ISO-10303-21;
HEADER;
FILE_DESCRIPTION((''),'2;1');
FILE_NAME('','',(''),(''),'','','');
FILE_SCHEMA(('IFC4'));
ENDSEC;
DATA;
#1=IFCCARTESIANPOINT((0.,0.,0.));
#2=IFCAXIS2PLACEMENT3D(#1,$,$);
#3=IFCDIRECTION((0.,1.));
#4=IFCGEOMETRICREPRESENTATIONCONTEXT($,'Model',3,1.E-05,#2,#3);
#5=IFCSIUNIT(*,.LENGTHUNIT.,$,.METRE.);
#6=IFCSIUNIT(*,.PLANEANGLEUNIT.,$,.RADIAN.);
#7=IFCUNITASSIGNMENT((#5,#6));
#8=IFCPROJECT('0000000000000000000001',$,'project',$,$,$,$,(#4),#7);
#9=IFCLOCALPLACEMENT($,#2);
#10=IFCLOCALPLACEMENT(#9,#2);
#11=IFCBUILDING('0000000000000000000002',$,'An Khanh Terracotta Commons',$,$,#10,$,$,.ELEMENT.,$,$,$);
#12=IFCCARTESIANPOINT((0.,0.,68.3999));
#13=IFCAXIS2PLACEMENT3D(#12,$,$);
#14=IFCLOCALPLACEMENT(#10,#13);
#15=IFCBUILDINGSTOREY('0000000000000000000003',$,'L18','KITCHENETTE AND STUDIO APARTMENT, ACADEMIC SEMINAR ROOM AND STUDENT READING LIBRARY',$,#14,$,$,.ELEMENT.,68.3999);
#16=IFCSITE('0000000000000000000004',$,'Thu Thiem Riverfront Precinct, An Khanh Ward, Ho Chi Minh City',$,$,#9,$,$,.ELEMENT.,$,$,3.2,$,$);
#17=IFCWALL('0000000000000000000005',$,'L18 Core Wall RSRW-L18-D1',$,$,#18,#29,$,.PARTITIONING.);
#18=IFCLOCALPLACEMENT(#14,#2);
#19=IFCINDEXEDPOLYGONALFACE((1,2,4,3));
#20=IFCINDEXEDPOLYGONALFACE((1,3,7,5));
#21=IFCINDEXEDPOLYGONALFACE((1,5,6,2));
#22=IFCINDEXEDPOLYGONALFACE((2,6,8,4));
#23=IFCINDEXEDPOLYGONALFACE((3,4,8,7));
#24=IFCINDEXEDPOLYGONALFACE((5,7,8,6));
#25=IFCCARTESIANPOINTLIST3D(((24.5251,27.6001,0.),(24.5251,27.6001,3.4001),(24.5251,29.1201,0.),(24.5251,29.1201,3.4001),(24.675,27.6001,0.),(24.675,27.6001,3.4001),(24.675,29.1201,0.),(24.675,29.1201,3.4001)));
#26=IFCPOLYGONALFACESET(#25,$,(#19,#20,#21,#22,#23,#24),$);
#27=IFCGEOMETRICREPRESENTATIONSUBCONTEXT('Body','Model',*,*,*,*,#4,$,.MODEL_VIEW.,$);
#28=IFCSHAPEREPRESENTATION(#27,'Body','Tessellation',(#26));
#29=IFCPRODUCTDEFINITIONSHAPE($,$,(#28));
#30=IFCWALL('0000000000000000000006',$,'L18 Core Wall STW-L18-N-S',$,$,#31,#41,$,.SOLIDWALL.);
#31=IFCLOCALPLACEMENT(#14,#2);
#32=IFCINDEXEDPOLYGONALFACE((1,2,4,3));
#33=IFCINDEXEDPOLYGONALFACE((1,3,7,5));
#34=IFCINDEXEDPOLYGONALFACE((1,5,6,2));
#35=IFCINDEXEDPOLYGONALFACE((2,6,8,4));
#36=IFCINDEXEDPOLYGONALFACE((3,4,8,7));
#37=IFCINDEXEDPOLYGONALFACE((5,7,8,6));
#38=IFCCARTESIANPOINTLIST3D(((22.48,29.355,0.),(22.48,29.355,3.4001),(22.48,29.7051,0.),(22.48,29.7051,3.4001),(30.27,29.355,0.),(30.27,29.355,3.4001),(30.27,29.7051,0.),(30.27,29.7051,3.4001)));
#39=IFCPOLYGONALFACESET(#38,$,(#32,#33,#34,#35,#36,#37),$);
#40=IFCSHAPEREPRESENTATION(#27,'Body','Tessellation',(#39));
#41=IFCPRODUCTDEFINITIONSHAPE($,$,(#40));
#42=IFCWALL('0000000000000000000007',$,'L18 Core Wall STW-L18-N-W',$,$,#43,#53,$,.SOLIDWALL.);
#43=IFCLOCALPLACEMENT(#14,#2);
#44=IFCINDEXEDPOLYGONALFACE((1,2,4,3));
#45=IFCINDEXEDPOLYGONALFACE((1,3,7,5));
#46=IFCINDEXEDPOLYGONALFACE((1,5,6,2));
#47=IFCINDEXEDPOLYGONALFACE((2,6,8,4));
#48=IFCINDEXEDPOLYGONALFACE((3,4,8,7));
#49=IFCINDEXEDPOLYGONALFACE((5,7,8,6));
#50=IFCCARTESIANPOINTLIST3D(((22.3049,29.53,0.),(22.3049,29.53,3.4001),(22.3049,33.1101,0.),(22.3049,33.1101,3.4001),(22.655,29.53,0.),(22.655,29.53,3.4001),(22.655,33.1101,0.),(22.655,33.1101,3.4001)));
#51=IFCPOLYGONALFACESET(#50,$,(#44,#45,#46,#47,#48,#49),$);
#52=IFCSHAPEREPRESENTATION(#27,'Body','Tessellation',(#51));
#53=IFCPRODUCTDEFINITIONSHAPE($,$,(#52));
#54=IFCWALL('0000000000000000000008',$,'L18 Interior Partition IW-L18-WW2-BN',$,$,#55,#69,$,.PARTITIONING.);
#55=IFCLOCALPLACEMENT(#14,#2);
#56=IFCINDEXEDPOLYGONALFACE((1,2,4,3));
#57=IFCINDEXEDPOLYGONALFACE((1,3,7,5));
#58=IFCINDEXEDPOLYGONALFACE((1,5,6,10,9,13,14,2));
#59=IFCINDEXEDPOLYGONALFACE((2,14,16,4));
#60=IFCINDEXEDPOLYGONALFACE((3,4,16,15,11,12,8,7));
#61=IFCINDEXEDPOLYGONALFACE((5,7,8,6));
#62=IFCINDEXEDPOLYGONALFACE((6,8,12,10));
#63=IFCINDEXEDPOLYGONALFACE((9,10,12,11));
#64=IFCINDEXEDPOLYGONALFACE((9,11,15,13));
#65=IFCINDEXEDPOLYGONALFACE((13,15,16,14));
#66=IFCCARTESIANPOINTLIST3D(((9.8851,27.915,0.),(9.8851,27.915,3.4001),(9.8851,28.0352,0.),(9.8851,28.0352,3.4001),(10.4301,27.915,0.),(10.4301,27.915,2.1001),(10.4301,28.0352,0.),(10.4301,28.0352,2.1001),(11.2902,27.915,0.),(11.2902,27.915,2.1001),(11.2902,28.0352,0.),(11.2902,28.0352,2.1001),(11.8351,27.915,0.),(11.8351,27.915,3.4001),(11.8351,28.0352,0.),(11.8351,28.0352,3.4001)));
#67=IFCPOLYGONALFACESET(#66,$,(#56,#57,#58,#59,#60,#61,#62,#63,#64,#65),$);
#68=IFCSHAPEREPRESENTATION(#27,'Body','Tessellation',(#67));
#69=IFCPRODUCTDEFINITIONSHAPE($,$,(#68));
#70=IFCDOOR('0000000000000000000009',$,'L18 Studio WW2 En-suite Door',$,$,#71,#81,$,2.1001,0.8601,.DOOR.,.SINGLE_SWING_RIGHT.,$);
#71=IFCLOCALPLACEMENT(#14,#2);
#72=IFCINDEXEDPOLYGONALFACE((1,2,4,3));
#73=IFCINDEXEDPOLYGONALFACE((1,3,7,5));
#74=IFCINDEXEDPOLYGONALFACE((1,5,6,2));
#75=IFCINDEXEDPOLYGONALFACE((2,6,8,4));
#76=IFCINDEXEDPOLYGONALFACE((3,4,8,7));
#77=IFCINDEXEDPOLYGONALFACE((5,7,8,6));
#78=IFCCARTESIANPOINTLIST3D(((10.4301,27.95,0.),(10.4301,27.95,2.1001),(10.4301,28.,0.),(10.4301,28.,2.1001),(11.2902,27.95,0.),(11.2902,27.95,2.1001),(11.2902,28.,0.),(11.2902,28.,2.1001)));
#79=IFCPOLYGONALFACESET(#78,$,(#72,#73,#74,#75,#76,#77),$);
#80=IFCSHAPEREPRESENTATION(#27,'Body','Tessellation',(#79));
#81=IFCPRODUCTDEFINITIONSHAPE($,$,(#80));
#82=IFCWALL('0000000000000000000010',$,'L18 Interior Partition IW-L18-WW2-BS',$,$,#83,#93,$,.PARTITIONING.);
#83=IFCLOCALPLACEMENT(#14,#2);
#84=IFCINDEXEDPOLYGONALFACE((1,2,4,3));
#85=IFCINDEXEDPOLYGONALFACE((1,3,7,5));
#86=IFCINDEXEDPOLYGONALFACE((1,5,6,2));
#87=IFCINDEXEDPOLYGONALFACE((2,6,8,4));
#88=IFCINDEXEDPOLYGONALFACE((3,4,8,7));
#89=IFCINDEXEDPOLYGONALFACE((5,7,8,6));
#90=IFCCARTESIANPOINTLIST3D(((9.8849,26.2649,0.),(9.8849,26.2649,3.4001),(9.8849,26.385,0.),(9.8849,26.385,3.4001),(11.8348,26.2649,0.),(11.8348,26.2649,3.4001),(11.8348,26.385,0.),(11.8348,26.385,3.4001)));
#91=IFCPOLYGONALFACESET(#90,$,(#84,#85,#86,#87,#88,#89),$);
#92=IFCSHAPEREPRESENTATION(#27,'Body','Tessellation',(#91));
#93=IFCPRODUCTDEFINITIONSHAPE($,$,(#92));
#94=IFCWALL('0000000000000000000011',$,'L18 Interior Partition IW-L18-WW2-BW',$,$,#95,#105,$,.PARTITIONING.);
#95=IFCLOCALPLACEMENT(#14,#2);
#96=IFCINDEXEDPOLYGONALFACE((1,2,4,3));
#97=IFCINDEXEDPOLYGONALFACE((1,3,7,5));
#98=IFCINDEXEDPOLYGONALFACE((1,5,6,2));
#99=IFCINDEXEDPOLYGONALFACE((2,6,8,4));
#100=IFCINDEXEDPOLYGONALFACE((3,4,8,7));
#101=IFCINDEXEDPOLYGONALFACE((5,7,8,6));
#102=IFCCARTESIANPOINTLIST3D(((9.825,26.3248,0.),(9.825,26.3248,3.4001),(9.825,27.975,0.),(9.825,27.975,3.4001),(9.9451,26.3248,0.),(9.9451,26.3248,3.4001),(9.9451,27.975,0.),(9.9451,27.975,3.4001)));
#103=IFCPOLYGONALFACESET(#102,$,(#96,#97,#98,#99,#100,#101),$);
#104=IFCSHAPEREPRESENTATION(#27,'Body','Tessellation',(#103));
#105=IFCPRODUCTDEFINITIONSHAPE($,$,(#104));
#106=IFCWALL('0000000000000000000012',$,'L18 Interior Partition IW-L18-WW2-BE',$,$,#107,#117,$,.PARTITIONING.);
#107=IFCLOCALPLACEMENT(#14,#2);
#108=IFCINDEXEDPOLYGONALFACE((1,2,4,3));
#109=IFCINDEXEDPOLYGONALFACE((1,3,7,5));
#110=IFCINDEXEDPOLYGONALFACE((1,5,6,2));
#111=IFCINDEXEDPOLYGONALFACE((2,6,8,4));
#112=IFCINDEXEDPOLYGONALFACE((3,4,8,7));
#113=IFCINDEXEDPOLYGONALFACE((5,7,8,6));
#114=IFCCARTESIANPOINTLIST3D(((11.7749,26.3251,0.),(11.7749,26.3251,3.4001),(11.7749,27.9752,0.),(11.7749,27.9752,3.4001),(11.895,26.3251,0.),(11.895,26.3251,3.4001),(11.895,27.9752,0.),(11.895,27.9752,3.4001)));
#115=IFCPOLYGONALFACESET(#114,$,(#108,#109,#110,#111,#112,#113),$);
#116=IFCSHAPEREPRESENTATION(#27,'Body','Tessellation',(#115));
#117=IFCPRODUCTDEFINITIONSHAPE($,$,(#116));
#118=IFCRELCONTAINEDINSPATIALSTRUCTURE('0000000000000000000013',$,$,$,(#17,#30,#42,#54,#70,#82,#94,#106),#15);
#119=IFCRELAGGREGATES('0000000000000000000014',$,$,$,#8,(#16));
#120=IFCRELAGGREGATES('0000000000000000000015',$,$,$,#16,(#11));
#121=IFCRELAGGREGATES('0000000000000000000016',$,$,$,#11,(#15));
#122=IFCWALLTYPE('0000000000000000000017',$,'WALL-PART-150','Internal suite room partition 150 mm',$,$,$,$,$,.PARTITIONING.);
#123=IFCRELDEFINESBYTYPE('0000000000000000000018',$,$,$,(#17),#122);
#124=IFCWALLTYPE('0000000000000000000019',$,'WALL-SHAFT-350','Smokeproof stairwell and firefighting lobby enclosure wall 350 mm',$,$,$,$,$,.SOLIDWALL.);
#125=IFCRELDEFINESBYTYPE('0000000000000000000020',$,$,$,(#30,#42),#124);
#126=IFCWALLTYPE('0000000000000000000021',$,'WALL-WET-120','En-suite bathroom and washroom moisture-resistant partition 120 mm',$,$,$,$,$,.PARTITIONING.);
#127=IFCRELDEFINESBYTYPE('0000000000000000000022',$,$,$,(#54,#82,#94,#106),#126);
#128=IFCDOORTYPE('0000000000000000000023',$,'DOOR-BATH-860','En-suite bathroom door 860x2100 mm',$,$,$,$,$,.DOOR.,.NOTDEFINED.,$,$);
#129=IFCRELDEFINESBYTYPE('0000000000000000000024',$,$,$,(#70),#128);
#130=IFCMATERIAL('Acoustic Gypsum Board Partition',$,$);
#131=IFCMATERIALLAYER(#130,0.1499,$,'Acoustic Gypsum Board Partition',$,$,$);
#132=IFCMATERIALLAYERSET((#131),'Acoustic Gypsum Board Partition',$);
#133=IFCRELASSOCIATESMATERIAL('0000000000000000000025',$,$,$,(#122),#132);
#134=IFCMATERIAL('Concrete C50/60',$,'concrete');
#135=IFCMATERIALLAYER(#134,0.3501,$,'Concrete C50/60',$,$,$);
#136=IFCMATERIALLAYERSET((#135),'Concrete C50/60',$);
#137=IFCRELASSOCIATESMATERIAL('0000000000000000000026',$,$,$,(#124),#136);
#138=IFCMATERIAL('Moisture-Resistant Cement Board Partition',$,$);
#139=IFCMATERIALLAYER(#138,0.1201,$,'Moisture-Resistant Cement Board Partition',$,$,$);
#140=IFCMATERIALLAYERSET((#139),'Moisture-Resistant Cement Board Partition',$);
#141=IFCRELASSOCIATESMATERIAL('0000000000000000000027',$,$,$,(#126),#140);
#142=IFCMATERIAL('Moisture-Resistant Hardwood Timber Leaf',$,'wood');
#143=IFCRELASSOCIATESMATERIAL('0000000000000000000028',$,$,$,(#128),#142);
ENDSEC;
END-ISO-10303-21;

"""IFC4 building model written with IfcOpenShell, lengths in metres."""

from ifc_helpers import new_model, si_unit, direction, frame, frame_2d, origin, place, context, subcontext, project, spatial, rectangle, extrude, material, layer, layer_set, type_object, element, fill, save


model = new_model("IFC4")

# Units and contexts
model_context = context("Model", 3, precision=1e-05, world=origin(), true_north=direction((0.0, 1.0)))
body_context = subcontext(model_context, "Body", "Model", "MODEL_VIEW")
ifc_project = project(units=[si_unit("LENGTHUNIT", "METRE"), si_unit("PLANEANGLEUNIT", "RADIAN")], contexts=[model_context])

# Site, building, storey
site_placement = place(None, origin())
site = spatial("IfcSite", under=ifc_project, at=site_placement, Name="Thu Thiem Riverfront Precinct, An Khanh Ward, Ho Chi Minh City", CompositionType="ELEMENT", RefElevation=3.2)
building_placement = place(site_placement, origin())
building = spatial("IfcBuilding", under=site, at=building_placement, Name="An Khanh Terracotta Commons", CompositionType="ELEMENT")
storey_placement = place(building_placement, frame((0.0, 0.0, 68.3999)))
storey = spatial("IfcBuildingStorey", under=building, at=storey_placement, Name="L18", Description="KITCHENETTE AND STUDIO APARTMENT, ACADEMIC SEMINAR ROOM AND STUDENT READING LIBRARY", CompositionType="ELEMENT", Elevation=68.3999)

# Walls
ifc_material_1 = material(Name="Acoustic Gypsum Board Partition")
ifc_layer_1 = layer(ifc_material_1, 0.1499, Name="Acoustic Gypsum Board Partition")
ifc_layer_set_1 = layer_set([ifc_layer_1], Name="Acoustic Gypsum Board Partition")
wall_type_1 = type_object("IfcWallType", Name="WALL-PART-150", Description="Internal suite room partition 150 mm", PredefinedType="PARTITIONING", material=ifc_layer_set_1)
wall_1_placement = place(storey_placement, frame((24.6001, 27.6001, 0.0), z_axis=(0.0, 0.0, 1.0), x_axis=(0.0, 1.0, 0.0)))
element("IfcWall", 1, at=wall_1_placement, inside=storey, type_object=wall_type_1, Name="L18 Core Wall RSRW-L18-D1", PredefinedType="PARTITIONING", context=body_context, shape_type="SweptSolid", body=[
    extrude(rectangle(XDim=1.52, YDim=0.1499, at=frame_2d((0.76, 0.0))), origin(), (0.0, 0.0, 1.0), 3.4001),
])
ifc_material_2 = material(Name="Concrete C50/60", Category="concrete")
ifc_layer_2 = layer(ifc_material_2, 0.3501, Name="Concrete C50/60")
ifc_layer_set_2 = layer_set([ifc_layer_2], Name="Concrete C50/60")
wall_type_2 = type_object("IfcWallType", Name="WALL-SHAFT-350", Description="Smokeproof stairwell and firefighting lobby enclosure wall 350 mm", PredefinedType="SOLIDWALL", material=ifc_layer_set_2)
wall_2_placement = place(storey_placement, frame((22.48, 29.53, 0.0), z_axis=(0.0, 0.0, 1.0), x_axis=(1.0, 0.0, 0.0)))
element("IfcWall", 2, at=wall_2_placement, inside=storey, type_object=wall_type_2, Name="L18 Core Wall STW-L18-N-S", PredefinedType="SOLIDWALL", context=body_context, shape_type="SweptSolid", body=[
    extrude(rectangle(XDim=7.79, YDim=0.3501, at=frame_2d((3.895, 0.0))), origin(), (0.0, 0.0, 1.0), 3.4001),
])
wall_3_placement = place(storey_placement, frame((22.48, 29.53, 0.0), z_axis=(0.0, 0.0, 1.0), x_axis=(0.0, 1.0, 0.0)))
element("IfcWall", 3, at=wall_3_placement, inside=storey, type_object=wall_type_2, Name="L18 Core Wall STW-L18-N-W", PredefinedType="SOLIDWALL", context=body_context, shape_type="SweptSolid", body=[
    extrude(rectangle(XDim=3.5801, YDim=0.3501, at=frame_2d((1.79, 0.0))), origin(), (0.0, 0.0, 1.0), 3.4001),
])

# Wall, opening, door
ifc_material_3 = material(Name="Moisture-Resistant Cement Board Partition")
ifc_layer_3 = layer(ifc_material_3, 0.1201, Name="Moisture-Resistant Cement Board Partition")
ifc_layer_set_3 = layer_set([ifc_layer_3], Name="Moisture-Resistant Cement Board Partition")
wall_type_3 = type_object("IfcWallType", Name="WALL-WET-120", Description="En-suite bathroom and washroom moisture-resistant partition 120 mm", PredefinedType="PARTITIONING", material=ifc_layer_set_3)
wall_4_placement = place(storey_placement, frame((9.885, 27.9751, 0.0), z_axis=(0.0, 0.0, 1.0), x_axis=(1.0, 0.0, 0.0)))
wall_4 = element("IfcWall", 4, at=wall_4_placement, inside=storey, type_object=wall_type_3, Name="L18 Interior Partition IW-L18-WW2-BN", PredefinedType="PARTITIONING", context=body_context, shape_type="SweptSolid", body=[
    extrude(rectangle(XDim=1.95, YDim=0.1201, at=frame_2d((0.9751, 0.0))), origin(), (0.0, 0.0, 1.0), 3.4001),
])
opening_1_placement = place(wall_4_placement, frame((0.5449, 0.0, 0.0)))
opening_1 = element("IfcOpeningElement", 5, at=opening_1_placement, cuts=wall_4, PredefinedType="OPENING", context=body_context, shape_type="SweptSolid", body=[
    extrude(rectangle(XDim=0.8601, YDim=2.1001, at=frame_2d((0.4302, 1.05))), frame((0.0, 0.0701, 0.0), z_axis=(0.0, -1.0, 0.0), x_axis=(1.0, 0.0, 0.0)), (0.0, 0.0, 1.0), 0.1401),
])
ifc_material_4 = material(Name="Moisture-Resistant Hardwood Timber Leaf", Category="wood")
door_type_1 = type_object("IfcDoorType", Name="DOOR-BATH-860", Description="En-suite bathroom door 860x2100 mm", OperationType="NOTDEFINED", PredefinedType="DOOR", material=ifc_material_4)
door_1_placement = place(opening_1_placement, origin())
door_1 = element("IfcDoor", 6, at=door_1_placement, inside=storey, type_object=door_type_1, Name="L18 Studio WW2 En-suite Door", OperationType="SINGLE_SWING_RIGHT", OverallHeight=2.1001, OverallWidth=0.8601, PredefinedType="DOOR", context=body_context, shape_type="SweptSolid", body=[
    extrude(rectangle(XDim=0.8601, YDim=2.1001, at=frame_2d((0.4302, 1.05))), frame((0.0, 0.0249, 0.0), z_axis=(0.0, -1.0, 0.0), x_axis=(1.0, 0.0, 0.0)), (0.0, 0.0, 1.0), 0.05),
])
fill(opening_1, door_1)

# Walls
wall_5_placement = place(storey_placement, frame((11.835, 26.325, 0.0), z_axis=(0.0, 0.0, 1.0), x_axis=(-1.0, 0.0, 0.0)))
element("IfcWall", 7, at=wall_5_placement, inside=storey, type_object=wall_type_3, Name="L18 Interior Partition IW-L18-WW2-BS", PredefinedType="PARTITIONING", context=body_context, shape_type="SweptSolid", body=[
    extrude(rectangle(XDim=1.95, YDim=0.1201, at=frame_2d((0.9751, 0.0))), origin(), (0.0, 0.0, 1.0), 3.4001),
])
for number, where, z_axis, x_axis, name in (
    (8, (9.885, 27.9751, 0.0), (0.0, 0.0, 1.0), (0.0, -1.0, 0.0), "L18 Interior Partition IW-L18-WW2-BW"),
    (9, (11.835, 26.325, 0.0), (0.0, 0.0, 1.0), (0.0, 1.0, 0.0), "L18 Interior Partition IW-L18-WW2-BE"),
):
    element("IfcWall", number, at=place(storey_placement, frame(where, z_axis=z_axis, x_axis=x_axis)), inside=storey, type_object=wall_type_3, Name=name, PredefinedType="PARTITIONING", context=body_context, shape_type="SweptSolid", body=[
        extrude(rectangle(XDim=1.6501, YDim=0.1201, at=frame_2d((0.8252, 0.0))), origin(), (0.0, 0.0, 1.0), 3.4001),
    ])

save(model, "model.ifc")
